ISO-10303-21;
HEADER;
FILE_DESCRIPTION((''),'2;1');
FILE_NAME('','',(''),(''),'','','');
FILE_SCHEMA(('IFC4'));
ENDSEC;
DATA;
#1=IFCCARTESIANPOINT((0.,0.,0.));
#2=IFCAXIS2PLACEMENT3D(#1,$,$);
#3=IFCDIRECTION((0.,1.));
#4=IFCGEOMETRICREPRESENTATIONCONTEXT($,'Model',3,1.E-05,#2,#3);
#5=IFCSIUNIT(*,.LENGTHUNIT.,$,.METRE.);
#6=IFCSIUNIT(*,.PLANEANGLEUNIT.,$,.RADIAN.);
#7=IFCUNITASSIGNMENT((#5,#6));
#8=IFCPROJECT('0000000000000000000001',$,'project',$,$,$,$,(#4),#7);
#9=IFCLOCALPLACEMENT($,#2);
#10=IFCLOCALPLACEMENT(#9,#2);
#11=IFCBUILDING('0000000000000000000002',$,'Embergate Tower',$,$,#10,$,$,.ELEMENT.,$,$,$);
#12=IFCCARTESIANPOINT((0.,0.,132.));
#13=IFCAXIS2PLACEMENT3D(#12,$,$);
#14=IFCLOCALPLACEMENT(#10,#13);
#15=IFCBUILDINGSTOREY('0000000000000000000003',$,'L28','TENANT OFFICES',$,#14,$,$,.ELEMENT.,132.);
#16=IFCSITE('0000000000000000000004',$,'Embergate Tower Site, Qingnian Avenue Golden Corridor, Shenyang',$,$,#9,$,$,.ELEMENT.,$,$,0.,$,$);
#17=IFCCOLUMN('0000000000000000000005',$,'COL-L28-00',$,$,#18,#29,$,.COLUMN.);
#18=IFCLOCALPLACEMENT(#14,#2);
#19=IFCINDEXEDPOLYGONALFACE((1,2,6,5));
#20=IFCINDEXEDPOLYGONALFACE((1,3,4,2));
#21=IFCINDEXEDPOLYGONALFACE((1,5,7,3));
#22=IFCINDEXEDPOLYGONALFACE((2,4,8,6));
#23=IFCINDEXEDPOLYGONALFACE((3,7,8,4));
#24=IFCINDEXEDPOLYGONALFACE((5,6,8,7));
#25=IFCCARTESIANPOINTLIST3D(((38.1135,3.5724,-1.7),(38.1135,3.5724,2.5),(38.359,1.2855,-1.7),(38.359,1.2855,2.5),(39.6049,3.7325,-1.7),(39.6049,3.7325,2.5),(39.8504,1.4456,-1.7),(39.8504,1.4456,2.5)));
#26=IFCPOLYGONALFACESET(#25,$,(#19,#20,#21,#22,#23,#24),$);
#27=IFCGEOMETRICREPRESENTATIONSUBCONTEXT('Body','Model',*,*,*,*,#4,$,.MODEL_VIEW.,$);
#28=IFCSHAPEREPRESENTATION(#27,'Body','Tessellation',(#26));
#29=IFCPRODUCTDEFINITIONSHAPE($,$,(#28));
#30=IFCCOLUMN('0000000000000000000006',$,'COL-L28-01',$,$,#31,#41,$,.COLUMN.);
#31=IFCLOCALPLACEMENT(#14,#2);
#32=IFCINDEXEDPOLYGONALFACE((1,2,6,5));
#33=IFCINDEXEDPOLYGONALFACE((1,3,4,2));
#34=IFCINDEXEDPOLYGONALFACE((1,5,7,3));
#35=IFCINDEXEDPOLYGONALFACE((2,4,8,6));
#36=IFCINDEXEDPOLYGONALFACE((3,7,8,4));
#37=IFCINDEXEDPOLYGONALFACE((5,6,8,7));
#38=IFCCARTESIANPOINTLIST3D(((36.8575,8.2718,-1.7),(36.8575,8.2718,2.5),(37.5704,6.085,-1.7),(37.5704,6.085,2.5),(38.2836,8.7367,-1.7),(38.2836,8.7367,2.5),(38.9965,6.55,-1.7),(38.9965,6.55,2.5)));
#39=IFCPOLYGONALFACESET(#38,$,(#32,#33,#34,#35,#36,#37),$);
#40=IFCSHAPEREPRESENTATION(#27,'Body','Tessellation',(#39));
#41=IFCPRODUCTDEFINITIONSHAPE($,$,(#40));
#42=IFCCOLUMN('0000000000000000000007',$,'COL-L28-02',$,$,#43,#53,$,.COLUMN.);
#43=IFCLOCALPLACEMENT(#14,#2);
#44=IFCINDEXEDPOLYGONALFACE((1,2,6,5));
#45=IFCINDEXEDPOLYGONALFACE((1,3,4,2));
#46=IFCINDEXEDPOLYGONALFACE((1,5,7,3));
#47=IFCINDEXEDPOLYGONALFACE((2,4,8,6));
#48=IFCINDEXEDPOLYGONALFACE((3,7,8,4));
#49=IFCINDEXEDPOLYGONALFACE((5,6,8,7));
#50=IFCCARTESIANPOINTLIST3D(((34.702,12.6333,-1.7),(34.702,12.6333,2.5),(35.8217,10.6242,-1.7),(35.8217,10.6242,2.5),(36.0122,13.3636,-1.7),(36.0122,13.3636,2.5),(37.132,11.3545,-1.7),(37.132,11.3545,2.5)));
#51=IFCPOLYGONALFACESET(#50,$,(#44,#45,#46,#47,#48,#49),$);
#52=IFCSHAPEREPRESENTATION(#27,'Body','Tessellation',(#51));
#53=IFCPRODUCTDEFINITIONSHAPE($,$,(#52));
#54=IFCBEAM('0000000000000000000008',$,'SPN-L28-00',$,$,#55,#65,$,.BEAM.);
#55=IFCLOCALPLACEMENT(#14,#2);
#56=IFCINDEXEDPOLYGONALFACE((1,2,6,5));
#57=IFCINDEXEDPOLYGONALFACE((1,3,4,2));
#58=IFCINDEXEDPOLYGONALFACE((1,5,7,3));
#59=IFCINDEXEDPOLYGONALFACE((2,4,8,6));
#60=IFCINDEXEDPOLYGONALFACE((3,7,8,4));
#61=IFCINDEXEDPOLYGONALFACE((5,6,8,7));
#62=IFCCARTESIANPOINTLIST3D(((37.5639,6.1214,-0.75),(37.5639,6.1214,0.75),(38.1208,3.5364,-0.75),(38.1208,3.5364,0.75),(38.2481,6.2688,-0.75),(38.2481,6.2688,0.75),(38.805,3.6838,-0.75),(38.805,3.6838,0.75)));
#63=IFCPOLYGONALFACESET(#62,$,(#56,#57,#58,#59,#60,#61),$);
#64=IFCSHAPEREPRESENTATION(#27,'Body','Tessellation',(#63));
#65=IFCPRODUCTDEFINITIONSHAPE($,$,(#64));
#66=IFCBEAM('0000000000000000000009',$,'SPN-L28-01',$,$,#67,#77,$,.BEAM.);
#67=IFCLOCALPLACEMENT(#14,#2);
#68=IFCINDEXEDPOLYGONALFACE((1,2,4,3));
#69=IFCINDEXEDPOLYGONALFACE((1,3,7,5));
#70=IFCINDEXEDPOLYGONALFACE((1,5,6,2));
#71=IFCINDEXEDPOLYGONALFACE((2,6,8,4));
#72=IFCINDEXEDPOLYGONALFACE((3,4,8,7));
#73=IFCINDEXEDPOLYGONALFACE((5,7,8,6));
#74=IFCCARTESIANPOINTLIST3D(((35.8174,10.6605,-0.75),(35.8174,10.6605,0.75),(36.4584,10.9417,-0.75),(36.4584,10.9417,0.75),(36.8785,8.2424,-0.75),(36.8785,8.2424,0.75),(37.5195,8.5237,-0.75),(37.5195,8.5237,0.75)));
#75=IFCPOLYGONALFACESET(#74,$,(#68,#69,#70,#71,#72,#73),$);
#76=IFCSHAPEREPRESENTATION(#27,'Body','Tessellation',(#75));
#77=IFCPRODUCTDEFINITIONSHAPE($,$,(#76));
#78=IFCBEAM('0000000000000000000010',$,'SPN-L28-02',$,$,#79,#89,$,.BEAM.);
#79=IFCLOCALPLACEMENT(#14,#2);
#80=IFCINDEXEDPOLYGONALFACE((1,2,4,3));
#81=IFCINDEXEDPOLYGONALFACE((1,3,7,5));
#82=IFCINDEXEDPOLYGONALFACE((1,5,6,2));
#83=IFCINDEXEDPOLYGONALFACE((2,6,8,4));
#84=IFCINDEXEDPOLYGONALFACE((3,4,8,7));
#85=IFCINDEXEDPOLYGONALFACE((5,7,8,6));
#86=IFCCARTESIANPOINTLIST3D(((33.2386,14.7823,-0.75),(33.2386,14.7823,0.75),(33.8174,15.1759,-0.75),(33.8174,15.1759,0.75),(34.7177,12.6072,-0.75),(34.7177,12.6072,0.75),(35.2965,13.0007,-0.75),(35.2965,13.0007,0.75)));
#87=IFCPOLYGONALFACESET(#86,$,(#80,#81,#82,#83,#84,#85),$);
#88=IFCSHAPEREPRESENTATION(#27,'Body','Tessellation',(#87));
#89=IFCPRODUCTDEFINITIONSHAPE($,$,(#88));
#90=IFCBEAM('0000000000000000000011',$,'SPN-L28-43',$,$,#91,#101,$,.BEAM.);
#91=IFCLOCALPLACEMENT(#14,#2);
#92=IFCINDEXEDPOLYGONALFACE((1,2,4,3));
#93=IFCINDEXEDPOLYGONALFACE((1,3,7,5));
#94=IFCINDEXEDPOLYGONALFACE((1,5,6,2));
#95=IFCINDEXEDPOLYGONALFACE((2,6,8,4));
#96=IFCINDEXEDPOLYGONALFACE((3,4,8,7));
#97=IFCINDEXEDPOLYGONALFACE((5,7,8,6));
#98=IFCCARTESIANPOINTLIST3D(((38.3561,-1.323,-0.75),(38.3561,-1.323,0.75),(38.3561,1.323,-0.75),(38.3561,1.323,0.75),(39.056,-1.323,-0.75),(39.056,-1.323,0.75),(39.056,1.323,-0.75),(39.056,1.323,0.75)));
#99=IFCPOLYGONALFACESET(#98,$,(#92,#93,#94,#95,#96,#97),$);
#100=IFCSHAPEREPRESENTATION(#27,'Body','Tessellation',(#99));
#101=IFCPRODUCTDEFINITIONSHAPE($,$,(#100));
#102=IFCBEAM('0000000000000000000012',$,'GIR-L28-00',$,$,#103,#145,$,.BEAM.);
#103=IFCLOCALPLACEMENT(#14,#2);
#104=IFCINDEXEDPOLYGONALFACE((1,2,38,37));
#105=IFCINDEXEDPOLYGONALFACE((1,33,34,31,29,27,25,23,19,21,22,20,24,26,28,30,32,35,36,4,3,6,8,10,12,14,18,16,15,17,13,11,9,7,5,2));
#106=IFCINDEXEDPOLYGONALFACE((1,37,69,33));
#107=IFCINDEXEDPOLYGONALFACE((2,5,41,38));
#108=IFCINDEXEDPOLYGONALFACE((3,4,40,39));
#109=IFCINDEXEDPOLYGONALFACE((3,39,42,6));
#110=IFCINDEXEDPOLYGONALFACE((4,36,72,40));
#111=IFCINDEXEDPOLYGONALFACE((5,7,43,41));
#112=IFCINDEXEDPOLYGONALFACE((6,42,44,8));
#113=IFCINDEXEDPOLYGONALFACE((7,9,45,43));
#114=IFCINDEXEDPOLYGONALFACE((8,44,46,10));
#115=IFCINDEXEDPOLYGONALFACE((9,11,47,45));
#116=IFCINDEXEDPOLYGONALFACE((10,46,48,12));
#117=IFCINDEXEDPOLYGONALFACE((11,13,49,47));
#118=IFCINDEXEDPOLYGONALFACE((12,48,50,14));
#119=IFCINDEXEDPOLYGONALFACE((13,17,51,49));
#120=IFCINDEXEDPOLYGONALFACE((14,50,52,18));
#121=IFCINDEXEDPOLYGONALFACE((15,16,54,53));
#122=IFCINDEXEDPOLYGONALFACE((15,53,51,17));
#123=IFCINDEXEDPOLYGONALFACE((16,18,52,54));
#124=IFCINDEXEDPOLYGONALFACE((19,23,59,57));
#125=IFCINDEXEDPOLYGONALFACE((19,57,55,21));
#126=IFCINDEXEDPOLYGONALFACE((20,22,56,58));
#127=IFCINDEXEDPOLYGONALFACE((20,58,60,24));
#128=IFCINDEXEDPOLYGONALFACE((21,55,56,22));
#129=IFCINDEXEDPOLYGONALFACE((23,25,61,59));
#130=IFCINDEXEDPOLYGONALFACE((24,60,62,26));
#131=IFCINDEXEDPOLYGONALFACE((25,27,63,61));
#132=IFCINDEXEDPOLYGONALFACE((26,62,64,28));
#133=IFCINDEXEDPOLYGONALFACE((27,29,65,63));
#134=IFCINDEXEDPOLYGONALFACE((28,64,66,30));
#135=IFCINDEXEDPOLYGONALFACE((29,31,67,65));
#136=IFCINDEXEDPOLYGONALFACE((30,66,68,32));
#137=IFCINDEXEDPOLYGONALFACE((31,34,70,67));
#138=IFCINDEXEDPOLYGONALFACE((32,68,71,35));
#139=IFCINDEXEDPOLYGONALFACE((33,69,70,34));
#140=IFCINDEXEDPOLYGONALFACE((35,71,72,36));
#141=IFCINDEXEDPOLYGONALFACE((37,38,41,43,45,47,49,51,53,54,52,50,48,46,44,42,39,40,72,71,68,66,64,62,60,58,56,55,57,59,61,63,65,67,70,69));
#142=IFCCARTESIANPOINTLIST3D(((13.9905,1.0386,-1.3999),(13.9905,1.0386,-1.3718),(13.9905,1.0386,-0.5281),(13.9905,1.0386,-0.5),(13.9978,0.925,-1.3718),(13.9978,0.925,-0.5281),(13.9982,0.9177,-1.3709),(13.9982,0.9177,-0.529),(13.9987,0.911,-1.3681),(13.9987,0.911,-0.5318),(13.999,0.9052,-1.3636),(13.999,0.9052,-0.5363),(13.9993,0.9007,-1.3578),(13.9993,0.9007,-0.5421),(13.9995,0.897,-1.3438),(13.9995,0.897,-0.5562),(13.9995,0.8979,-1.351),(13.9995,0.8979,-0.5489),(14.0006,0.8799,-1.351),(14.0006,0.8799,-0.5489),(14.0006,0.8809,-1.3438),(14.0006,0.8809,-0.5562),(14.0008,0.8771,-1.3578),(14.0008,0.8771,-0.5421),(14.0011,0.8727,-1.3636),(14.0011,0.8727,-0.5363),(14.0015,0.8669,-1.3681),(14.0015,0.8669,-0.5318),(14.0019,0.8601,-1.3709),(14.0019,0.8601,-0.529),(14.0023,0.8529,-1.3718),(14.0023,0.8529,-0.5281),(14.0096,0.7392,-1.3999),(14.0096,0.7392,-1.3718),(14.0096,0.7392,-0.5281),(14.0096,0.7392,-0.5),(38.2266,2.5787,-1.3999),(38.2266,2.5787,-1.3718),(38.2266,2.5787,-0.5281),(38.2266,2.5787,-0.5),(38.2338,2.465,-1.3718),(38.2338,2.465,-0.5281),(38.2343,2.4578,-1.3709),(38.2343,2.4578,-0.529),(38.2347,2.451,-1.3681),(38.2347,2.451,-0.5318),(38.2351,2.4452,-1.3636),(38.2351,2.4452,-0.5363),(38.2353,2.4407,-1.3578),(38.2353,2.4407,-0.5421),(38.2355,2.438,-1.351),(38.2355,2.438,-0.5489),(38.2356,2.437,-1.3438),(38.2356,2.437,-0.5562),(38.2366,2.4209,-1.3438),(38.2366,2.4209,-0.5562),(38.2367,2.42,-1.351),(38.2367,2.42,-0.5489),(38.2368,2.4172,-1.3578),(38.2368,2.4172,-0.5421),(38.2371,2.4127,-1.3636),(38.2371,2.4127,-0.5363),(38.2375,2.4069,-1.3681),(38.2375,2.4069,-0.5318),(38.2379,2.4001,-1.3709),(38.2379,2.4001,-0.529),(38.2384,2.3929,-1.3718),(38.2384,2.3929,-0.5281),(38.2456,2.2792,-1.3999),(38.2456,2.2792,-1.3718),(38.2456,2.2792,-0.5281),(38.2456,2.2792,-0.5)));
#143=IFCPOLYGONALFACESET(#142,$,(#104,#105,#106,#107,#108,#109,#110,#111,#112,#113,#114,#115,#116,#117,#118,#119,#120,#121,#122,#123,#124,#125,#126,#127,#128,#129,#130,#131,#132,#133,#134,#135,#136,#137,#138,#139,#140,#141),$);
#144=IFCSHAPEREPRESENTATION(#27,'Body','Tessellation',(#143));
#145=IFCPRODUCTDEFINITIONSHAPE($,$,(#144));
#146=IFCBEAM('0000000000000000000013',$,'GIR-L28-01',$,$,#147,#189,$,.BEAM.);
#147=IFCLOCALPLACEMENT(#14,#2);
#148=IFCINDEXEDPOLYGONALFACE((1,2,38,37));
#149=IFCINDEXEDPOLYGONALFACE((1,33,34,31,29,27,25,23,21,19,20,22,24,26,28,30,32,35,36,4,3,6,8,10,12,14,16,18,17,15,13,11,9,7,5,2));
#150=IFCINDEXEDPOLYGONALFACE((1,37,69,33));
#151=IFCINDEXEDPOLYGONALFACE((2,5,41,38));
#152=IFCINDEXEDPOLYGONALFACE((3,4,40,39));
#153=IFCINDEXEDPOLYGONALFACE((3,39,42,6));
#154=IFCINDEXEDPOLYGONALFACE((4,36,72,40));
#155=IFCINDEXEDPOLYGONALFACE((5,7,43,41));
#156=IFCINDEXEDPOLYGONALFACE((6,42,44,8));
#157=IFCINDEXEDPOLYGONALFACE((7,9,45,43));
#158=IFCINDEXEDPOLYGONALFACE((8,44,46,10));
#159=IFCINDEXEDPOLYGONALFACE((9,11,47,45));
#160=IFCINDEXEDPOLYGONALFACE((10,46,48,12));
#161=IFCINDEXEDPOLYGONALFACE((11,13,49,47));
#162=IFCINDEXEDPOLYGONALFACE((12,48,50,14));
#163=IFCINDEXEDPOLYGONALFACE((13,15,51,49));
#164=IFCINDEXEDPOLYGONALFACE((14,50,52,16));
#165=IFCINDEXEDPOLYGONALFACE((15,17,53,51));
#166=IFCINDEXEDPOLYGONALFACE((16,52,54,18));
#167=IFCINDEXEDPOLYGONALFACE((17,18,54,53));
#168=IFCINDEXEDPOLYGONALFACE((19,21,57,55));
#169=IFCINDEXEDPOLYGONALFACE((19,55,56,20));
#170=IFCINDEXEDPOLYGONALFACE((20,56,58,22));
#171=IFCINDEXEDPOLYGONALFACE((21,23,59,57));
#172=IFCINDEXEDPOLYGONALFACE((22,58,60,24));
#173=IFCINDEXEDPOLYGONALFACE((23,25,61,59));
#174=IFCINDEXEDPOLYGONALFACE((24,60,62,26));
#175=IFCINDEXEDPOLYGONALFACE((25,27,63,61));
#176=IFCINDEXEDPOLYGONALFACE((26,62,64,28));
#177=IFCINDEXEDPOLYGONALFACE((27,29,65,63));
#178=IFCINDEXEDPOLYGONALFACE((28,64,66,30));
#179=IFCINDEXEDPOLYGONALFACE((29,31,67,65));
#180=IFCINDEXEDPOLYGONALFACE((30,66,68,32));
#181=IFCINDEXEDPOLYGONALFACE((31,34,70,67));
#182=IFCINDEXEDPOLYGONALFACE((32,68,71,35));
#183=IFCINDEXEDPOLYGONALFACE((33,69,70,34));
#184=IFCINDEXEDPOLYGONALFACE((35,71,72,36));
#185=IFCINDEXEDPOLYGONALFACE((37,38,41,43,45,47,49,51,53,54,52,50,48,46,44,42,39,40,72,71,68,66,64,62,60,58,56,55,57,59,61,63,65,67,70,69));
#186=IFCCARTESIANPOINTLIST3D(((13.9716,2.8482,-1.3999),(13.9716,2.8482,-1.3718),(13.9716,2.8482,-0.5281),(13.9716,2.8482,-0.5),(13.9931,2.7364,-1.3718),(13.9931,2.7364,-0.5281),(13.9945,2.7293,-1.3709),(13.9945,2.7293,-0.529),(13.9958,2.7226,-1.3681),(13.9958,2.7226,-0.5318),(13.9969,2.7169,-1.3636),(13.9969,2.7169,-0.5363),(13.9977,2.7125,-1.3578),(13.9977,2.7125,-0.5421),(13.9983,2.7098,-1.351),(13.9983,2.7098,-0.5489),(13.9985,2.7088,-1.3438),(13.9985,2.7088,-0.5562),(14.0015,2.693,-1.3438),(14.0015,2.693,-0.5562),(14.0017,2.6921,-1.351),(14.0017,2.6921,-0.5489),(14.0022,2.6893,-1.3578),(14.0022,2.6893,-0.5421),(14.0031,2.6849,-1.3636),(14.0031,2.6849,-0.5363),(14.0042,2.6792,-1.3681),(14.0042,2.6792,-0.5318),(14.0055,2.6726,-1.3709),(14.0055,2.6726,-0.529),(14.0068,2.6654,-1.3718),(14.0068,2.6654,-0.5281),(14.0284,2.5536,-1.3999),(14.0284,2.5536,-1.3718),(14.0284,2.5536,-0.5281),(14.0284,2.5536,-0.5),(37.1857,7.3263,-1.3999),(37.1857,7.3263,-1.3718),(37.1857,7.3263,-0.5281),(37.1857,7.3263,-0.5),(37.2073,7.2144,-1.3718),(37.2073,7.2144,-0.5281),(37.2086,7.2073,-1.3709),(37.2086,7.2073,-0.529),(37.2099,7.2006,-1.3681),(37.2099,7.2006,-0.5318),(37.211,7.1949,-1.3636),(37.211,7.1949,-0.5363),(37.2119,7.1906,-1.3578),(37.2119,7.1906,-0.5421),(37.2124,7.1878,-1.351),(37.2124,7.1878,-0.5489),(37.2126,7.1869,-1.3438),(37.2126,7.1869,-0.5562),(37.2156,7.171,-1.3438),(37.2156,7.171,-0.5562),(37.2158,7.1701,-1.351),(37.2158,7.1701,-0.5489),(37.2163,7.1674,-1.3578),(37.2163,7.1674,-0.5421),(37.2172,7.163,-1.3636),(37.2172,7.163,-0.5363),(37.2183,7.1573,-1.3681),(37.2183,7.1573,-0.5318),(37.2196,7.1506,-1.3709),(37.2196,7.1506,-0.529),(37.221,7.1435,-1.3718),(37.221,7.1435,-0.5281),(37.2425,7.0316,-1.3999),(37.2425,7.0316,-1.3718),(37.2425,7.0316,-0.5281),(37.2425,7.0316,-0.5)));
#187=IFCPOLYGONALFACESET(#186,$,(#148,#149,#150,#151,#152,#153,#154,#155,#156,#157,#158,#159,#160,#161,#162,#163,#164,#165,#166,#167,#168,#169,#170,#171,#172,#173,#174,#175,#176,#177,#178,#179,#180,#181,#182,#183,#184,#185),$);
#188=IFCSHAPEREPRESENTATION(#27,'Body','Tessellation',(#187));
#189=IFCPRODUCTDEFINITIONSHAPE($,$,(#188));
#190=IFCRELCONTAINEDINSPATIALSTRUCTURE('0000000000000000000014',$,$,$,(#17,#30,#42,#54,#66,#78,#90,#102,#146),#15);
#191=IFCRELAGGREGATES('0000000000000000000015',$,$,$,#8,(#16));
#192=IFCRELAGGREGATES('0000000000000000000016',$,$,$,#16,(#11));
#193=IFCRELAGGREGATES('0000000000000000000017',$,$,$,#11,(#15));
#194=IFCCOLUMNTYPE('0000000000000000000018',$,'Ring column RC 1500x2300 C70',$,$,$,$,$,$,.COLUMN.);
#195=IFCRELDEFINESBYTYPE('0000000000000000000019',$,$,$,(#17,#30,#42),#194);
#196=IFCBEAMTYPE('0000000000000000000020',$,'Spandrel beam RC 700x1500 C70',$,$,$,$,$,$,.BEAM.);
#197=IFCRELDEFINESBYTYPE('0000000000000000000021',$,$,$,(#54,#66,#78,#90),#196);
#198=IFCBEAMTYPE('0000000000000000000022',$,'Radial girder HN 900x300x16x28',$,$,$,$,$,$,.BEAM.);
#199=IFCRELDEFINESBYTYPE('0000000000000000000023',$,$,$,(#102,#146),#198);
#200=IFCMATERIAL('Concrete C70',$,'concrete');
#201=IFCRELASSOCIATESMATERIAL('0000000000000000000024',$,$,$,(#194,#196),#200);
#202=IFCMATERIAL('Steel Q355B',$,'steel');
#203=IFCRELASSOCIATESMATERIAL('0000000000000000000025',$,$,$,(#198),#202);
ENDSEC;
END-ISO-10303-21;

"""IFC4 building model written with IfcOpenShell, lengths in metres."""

from ifc_helpers import new_model, si_unit, direction, frame, origin, origin_2d, place, context, subcontext, project, spatial, rectangle, i_section, extrude, source, transform, mapped, material, material_profile, profile_set, type_object, element, save


model = new_model("IFC4")

# Units and contexts
model_context = context("Model", 3, precision=1e-05, world=origin(), true_north=direction((0.0, 1.0)))
body_context = subcontext(model_context, "Body", "Model", "MODEL_VIEW")
ifc_project = project(units=[si_unit("LENGTHUNIT", "METRE"), si_unit("PLANEANGLEUNIT", "RADIAN")], contexts=[model_context])

# Site, building, storey
site_placement = place(None, origin())
site = spatial("IfcSite", under=ifc_project, at=site_placement, Name="Embergate Tower Site, Qingnian Avenue Golden Corridor, Shenyang", CompositionType="ELEMENT", RefElevation=0.0)
building_placement = place(site_placement, origin())
building = spatial("IfcBuilding", under=site, at=building_placement, Name="Embergate Tower", CompositionType="ELEMENT")
storey_placement = place(building_placement, frame((0.0, 0.0, 132.0)))
storey = spatial("IfcBuildingStorey", under=building, at=storey_placement, Name="L28", Description="TENANT OFFICES", CompositionType="ELEMENT", Elevation=132.0)

# Columns
ifc_material_1 = material(Name="Concrete C70", Category="concrete")
ifc_material_profile_1 = material_profile(ifc_material_1, rectangle(XDim=1.5, YDim=2.3, at=origin_2d()), Name="RC 1500x2300")
ifc_profile_set_1 = profile_set([ifc_material_profile_1], Name="Concrete C70")
column_type = type_object("IfcColumnType", Name="Ring column RC 1500x2300 C70", PredefinedType="COLUMN", material=ifc_profile_set_1)
shared_shape_1 = source(origin(), body_context, "Body", "SweptSolid", [
    extrude(rectangle(XDim=1.5, YDim=2.3, at=origin_2d()), origin(), (0.0, 0.0, 1.0), 4.2),
])
for number, where, z_axis, x_axis, name in (
    (1, (38.9819, 2.509, -1.7), (0.0, 0.0, 1.0), (0.994286, 0.10675, 0.0), "COL-L28-00"),
    (2, (37.927, 7.4109, -1.7), (0.0, 0.0, 1.0), (0.950754, 0.309946, 0.0), "COL-L28-01"),
    (3, (35.917, 11.9939, -1.7), (0.0, 0.0, 1.0), (0.873492, 0.486839, 0.0), "COL-L28-02"),
):
    element("IfcColumn", number, at=place(storey_placement, frame(where, z_axis=z_axis, x_axis=x_axis)), inside=storey, type_object=column_type, Name=name, PredefinedType="COLUMN", context=body_context, shape_type="MappedRepresentation", body=[
        mapped(shared_shape_1, transform((0.0, 0.0, 0.0))),
    ])

# Beams
ifc_material_profile_2 = material_profile(ifc_material_1, rectangle(XDim=0.7, YDim=1.5, at=origin_2d()), Name="RC 700x1500")
ifc_profile_set_2 = profile_set([ifc_material_profile_2], Name="Concrete C70")
beam_type_1 = type_object("IfcBeamType", Name="Spandrel beam RC 700x1500 C70", PredefinedType="BEAM", material=ifc_profile_set_2)
shared_shape_2 = source(origin(), body_context, "Body", "SweptSolid", [
    extrude(rectangle(XDim=0.7, YDim=1.5, at=origin_2d()), origin(), (0.0, 0.0, 1.0), 2.6443),
])
beam_1_placement = place(storey_placement, frame((38.4629, 3.6101, 0.0), z_axis=(-0.210601, 0.977572, 0.0), x_axis=(-0.977572, -0.210601, 0.0)))
element("IfcBeam", 4, at=beam_1_placement, inside=storey, type_object=beam_type_1, Name="SPN-L28-00", PredefinedType="BEAM", context=body_context, shape_type="MappedRepresentation", body=[
    mapped(shared_shape_2, transform((0.0, 0.0, 0.0))),
])
shared_shape_3 = source(origin(), body_context, "Body", "SweptSolid", [
    extrude(rectangle(XDim=0.7, YDim=1.5, at=origin_2d()), origin(), (0.0, 0.0, 1.0), 2.6406),
])
beam_2_placement = place(storey_placement, frame((37.199, 8.3831, 0.0), z_axis=(-0.401827, 0.915715, 0.0), x_axis=(-0.915715, -0.401827, 0.0)))
element("IfcBeam", 5, at=beam_2_placement, inside=storey, type_object=beam_type_1, Name="SPN-L28-01", PredefinedType="BEAM", context=body_context, shape_type="MappedRepresentation", body=[
    mapped(shared_shape_3, transform((0.0, 0.0, 0.0))),
])
shared_shape_4 = source(origin(), body_context, "Body", "SweptSolid", [
    extrude(rectangle(XDim=0.7, YDim=1.5, at=origin_2d()), origin(), (0.0, 0.0, 1.0), 2.6304),
])
beam_3_placement = place(storey_placement, frame((35.0071, 12.804, 0.0), z_axis=(-0.562302, 0.826932, 0.0), x_axis=(-0.826932, -0.562302, 0.0)))
element("IfcBeam", 6, at=beam_3_placement, inside=storey, type_object=beam_type_1, Name="SPN-L28-02", PredefinedType="BEAM", context=body_context, shape_type="MappedRepresentation", body=[
    mapped(shared_shape_4, transform((0.0, 0.0, 0.0))),
])
shared_shape_5 = source(origin(), body_context, "Body", "SweptSolid", [
    extrude(rectangle(XDim=0.7, YDim=1.5, at=origin_2d()), origin(), (0.0, 0.0, 1.0), 2.646),
])
beam_4_placement = place(storey_placement, frame((38.7061, -1.323, 0.0), z_axis=(0.0, 1.0, 0.0), x_axis=(-1.0, 0.0, 0.0)))
element("IfcBeam", 7, at=beam_4_placement, inside=storey, type_object=beam_type_1, Name="SPN-L28-43", PredefinedType="BEAM", context=body_context, shape_type="MappedRepresentation", body=[
    mapped(shared_shape_5, transform((0.0, 0.0, 0.0))),
])
ifc_material_2 = material(Name="Steel Q355B", Category="steel")
ifc_material_profile_3 = material_profile(ifc_material_2, i_section(OverallWidth=0.3, OverallDepth=0.8999, WebThickness=0.0161, FlangeThickness=0.0281, FilletRadius=0.0281, at=origin_2d()), Name="HN 900x300x16x28")
ifc_profile_set_3 = profile_set([ifc_material_profile_3], Name="Steel Q355 grade B")
beam_type_2 = type_object("IfcBeamType", Name="Radial girder HN 900x300x16x28", PredefinedType="BEAM", material=ifc_profile_set_3)
shared_shape_6 = source(origin(), body_context, "Body", "SweptSolid", [
    extrude(i_section(OverallWidth=0.3, OverallDepth=0.8999, WebThickness=0.0161, FlangeThickness=0.0281, FilletRadius=0.0281, at=origin_2d()), origin(), (0.0, 0.0, 1.0), 24.2849),
])
beam_5_placement = place(storey_placement, frame((38.2361, 2.429, -0.95), z_axis=(-0.997987, -0.063415, 0.0), x_axis=(0.063415, -0.997987, 0.0)))
element("IfcBeam", 8, at=beam_5_placement, inside=storey, type_object=beam_type_2, Name="GIR-L28-00", PredefinedType="BEAM", context=body_context, shape_type="MappedRepresentation", body=[
    mapped(shared_shape_6, transform((0.0, 0.0, 0.0))),
])
shared_shape_7 = source(origin(), body_context, "Body", "SweptSolid", [
    extrude(i_section(OverallWidth=0.3, OverallDepth=0.8999, WebThickness=0.0161, FlangeThickness=0.0281, FilletRadius=0.0281, at=origin_2d()), origin(), (0.0, 0.0, 1.0), 23.6421),
])
beam_6_placement = place(storey_placement, frame((37.2141, 7.179, -0.95), z_axis=(-0.981898, -0.189409, 0.0), x_axis=(0.189409, -0.981898, 0.0)))
element("IfcBeam", 9, at=beam_6_placement, inside=storey, type_object=beam_type_2, Name="GIR-L28-01", PredefinedType="BEAM", context=body_context, shape_type="MappedRepresentation", body=[
    mapped(shared_shape_7, transform((0.0, 0.0, 0.0))),
])

save(model, "model.ifc")
